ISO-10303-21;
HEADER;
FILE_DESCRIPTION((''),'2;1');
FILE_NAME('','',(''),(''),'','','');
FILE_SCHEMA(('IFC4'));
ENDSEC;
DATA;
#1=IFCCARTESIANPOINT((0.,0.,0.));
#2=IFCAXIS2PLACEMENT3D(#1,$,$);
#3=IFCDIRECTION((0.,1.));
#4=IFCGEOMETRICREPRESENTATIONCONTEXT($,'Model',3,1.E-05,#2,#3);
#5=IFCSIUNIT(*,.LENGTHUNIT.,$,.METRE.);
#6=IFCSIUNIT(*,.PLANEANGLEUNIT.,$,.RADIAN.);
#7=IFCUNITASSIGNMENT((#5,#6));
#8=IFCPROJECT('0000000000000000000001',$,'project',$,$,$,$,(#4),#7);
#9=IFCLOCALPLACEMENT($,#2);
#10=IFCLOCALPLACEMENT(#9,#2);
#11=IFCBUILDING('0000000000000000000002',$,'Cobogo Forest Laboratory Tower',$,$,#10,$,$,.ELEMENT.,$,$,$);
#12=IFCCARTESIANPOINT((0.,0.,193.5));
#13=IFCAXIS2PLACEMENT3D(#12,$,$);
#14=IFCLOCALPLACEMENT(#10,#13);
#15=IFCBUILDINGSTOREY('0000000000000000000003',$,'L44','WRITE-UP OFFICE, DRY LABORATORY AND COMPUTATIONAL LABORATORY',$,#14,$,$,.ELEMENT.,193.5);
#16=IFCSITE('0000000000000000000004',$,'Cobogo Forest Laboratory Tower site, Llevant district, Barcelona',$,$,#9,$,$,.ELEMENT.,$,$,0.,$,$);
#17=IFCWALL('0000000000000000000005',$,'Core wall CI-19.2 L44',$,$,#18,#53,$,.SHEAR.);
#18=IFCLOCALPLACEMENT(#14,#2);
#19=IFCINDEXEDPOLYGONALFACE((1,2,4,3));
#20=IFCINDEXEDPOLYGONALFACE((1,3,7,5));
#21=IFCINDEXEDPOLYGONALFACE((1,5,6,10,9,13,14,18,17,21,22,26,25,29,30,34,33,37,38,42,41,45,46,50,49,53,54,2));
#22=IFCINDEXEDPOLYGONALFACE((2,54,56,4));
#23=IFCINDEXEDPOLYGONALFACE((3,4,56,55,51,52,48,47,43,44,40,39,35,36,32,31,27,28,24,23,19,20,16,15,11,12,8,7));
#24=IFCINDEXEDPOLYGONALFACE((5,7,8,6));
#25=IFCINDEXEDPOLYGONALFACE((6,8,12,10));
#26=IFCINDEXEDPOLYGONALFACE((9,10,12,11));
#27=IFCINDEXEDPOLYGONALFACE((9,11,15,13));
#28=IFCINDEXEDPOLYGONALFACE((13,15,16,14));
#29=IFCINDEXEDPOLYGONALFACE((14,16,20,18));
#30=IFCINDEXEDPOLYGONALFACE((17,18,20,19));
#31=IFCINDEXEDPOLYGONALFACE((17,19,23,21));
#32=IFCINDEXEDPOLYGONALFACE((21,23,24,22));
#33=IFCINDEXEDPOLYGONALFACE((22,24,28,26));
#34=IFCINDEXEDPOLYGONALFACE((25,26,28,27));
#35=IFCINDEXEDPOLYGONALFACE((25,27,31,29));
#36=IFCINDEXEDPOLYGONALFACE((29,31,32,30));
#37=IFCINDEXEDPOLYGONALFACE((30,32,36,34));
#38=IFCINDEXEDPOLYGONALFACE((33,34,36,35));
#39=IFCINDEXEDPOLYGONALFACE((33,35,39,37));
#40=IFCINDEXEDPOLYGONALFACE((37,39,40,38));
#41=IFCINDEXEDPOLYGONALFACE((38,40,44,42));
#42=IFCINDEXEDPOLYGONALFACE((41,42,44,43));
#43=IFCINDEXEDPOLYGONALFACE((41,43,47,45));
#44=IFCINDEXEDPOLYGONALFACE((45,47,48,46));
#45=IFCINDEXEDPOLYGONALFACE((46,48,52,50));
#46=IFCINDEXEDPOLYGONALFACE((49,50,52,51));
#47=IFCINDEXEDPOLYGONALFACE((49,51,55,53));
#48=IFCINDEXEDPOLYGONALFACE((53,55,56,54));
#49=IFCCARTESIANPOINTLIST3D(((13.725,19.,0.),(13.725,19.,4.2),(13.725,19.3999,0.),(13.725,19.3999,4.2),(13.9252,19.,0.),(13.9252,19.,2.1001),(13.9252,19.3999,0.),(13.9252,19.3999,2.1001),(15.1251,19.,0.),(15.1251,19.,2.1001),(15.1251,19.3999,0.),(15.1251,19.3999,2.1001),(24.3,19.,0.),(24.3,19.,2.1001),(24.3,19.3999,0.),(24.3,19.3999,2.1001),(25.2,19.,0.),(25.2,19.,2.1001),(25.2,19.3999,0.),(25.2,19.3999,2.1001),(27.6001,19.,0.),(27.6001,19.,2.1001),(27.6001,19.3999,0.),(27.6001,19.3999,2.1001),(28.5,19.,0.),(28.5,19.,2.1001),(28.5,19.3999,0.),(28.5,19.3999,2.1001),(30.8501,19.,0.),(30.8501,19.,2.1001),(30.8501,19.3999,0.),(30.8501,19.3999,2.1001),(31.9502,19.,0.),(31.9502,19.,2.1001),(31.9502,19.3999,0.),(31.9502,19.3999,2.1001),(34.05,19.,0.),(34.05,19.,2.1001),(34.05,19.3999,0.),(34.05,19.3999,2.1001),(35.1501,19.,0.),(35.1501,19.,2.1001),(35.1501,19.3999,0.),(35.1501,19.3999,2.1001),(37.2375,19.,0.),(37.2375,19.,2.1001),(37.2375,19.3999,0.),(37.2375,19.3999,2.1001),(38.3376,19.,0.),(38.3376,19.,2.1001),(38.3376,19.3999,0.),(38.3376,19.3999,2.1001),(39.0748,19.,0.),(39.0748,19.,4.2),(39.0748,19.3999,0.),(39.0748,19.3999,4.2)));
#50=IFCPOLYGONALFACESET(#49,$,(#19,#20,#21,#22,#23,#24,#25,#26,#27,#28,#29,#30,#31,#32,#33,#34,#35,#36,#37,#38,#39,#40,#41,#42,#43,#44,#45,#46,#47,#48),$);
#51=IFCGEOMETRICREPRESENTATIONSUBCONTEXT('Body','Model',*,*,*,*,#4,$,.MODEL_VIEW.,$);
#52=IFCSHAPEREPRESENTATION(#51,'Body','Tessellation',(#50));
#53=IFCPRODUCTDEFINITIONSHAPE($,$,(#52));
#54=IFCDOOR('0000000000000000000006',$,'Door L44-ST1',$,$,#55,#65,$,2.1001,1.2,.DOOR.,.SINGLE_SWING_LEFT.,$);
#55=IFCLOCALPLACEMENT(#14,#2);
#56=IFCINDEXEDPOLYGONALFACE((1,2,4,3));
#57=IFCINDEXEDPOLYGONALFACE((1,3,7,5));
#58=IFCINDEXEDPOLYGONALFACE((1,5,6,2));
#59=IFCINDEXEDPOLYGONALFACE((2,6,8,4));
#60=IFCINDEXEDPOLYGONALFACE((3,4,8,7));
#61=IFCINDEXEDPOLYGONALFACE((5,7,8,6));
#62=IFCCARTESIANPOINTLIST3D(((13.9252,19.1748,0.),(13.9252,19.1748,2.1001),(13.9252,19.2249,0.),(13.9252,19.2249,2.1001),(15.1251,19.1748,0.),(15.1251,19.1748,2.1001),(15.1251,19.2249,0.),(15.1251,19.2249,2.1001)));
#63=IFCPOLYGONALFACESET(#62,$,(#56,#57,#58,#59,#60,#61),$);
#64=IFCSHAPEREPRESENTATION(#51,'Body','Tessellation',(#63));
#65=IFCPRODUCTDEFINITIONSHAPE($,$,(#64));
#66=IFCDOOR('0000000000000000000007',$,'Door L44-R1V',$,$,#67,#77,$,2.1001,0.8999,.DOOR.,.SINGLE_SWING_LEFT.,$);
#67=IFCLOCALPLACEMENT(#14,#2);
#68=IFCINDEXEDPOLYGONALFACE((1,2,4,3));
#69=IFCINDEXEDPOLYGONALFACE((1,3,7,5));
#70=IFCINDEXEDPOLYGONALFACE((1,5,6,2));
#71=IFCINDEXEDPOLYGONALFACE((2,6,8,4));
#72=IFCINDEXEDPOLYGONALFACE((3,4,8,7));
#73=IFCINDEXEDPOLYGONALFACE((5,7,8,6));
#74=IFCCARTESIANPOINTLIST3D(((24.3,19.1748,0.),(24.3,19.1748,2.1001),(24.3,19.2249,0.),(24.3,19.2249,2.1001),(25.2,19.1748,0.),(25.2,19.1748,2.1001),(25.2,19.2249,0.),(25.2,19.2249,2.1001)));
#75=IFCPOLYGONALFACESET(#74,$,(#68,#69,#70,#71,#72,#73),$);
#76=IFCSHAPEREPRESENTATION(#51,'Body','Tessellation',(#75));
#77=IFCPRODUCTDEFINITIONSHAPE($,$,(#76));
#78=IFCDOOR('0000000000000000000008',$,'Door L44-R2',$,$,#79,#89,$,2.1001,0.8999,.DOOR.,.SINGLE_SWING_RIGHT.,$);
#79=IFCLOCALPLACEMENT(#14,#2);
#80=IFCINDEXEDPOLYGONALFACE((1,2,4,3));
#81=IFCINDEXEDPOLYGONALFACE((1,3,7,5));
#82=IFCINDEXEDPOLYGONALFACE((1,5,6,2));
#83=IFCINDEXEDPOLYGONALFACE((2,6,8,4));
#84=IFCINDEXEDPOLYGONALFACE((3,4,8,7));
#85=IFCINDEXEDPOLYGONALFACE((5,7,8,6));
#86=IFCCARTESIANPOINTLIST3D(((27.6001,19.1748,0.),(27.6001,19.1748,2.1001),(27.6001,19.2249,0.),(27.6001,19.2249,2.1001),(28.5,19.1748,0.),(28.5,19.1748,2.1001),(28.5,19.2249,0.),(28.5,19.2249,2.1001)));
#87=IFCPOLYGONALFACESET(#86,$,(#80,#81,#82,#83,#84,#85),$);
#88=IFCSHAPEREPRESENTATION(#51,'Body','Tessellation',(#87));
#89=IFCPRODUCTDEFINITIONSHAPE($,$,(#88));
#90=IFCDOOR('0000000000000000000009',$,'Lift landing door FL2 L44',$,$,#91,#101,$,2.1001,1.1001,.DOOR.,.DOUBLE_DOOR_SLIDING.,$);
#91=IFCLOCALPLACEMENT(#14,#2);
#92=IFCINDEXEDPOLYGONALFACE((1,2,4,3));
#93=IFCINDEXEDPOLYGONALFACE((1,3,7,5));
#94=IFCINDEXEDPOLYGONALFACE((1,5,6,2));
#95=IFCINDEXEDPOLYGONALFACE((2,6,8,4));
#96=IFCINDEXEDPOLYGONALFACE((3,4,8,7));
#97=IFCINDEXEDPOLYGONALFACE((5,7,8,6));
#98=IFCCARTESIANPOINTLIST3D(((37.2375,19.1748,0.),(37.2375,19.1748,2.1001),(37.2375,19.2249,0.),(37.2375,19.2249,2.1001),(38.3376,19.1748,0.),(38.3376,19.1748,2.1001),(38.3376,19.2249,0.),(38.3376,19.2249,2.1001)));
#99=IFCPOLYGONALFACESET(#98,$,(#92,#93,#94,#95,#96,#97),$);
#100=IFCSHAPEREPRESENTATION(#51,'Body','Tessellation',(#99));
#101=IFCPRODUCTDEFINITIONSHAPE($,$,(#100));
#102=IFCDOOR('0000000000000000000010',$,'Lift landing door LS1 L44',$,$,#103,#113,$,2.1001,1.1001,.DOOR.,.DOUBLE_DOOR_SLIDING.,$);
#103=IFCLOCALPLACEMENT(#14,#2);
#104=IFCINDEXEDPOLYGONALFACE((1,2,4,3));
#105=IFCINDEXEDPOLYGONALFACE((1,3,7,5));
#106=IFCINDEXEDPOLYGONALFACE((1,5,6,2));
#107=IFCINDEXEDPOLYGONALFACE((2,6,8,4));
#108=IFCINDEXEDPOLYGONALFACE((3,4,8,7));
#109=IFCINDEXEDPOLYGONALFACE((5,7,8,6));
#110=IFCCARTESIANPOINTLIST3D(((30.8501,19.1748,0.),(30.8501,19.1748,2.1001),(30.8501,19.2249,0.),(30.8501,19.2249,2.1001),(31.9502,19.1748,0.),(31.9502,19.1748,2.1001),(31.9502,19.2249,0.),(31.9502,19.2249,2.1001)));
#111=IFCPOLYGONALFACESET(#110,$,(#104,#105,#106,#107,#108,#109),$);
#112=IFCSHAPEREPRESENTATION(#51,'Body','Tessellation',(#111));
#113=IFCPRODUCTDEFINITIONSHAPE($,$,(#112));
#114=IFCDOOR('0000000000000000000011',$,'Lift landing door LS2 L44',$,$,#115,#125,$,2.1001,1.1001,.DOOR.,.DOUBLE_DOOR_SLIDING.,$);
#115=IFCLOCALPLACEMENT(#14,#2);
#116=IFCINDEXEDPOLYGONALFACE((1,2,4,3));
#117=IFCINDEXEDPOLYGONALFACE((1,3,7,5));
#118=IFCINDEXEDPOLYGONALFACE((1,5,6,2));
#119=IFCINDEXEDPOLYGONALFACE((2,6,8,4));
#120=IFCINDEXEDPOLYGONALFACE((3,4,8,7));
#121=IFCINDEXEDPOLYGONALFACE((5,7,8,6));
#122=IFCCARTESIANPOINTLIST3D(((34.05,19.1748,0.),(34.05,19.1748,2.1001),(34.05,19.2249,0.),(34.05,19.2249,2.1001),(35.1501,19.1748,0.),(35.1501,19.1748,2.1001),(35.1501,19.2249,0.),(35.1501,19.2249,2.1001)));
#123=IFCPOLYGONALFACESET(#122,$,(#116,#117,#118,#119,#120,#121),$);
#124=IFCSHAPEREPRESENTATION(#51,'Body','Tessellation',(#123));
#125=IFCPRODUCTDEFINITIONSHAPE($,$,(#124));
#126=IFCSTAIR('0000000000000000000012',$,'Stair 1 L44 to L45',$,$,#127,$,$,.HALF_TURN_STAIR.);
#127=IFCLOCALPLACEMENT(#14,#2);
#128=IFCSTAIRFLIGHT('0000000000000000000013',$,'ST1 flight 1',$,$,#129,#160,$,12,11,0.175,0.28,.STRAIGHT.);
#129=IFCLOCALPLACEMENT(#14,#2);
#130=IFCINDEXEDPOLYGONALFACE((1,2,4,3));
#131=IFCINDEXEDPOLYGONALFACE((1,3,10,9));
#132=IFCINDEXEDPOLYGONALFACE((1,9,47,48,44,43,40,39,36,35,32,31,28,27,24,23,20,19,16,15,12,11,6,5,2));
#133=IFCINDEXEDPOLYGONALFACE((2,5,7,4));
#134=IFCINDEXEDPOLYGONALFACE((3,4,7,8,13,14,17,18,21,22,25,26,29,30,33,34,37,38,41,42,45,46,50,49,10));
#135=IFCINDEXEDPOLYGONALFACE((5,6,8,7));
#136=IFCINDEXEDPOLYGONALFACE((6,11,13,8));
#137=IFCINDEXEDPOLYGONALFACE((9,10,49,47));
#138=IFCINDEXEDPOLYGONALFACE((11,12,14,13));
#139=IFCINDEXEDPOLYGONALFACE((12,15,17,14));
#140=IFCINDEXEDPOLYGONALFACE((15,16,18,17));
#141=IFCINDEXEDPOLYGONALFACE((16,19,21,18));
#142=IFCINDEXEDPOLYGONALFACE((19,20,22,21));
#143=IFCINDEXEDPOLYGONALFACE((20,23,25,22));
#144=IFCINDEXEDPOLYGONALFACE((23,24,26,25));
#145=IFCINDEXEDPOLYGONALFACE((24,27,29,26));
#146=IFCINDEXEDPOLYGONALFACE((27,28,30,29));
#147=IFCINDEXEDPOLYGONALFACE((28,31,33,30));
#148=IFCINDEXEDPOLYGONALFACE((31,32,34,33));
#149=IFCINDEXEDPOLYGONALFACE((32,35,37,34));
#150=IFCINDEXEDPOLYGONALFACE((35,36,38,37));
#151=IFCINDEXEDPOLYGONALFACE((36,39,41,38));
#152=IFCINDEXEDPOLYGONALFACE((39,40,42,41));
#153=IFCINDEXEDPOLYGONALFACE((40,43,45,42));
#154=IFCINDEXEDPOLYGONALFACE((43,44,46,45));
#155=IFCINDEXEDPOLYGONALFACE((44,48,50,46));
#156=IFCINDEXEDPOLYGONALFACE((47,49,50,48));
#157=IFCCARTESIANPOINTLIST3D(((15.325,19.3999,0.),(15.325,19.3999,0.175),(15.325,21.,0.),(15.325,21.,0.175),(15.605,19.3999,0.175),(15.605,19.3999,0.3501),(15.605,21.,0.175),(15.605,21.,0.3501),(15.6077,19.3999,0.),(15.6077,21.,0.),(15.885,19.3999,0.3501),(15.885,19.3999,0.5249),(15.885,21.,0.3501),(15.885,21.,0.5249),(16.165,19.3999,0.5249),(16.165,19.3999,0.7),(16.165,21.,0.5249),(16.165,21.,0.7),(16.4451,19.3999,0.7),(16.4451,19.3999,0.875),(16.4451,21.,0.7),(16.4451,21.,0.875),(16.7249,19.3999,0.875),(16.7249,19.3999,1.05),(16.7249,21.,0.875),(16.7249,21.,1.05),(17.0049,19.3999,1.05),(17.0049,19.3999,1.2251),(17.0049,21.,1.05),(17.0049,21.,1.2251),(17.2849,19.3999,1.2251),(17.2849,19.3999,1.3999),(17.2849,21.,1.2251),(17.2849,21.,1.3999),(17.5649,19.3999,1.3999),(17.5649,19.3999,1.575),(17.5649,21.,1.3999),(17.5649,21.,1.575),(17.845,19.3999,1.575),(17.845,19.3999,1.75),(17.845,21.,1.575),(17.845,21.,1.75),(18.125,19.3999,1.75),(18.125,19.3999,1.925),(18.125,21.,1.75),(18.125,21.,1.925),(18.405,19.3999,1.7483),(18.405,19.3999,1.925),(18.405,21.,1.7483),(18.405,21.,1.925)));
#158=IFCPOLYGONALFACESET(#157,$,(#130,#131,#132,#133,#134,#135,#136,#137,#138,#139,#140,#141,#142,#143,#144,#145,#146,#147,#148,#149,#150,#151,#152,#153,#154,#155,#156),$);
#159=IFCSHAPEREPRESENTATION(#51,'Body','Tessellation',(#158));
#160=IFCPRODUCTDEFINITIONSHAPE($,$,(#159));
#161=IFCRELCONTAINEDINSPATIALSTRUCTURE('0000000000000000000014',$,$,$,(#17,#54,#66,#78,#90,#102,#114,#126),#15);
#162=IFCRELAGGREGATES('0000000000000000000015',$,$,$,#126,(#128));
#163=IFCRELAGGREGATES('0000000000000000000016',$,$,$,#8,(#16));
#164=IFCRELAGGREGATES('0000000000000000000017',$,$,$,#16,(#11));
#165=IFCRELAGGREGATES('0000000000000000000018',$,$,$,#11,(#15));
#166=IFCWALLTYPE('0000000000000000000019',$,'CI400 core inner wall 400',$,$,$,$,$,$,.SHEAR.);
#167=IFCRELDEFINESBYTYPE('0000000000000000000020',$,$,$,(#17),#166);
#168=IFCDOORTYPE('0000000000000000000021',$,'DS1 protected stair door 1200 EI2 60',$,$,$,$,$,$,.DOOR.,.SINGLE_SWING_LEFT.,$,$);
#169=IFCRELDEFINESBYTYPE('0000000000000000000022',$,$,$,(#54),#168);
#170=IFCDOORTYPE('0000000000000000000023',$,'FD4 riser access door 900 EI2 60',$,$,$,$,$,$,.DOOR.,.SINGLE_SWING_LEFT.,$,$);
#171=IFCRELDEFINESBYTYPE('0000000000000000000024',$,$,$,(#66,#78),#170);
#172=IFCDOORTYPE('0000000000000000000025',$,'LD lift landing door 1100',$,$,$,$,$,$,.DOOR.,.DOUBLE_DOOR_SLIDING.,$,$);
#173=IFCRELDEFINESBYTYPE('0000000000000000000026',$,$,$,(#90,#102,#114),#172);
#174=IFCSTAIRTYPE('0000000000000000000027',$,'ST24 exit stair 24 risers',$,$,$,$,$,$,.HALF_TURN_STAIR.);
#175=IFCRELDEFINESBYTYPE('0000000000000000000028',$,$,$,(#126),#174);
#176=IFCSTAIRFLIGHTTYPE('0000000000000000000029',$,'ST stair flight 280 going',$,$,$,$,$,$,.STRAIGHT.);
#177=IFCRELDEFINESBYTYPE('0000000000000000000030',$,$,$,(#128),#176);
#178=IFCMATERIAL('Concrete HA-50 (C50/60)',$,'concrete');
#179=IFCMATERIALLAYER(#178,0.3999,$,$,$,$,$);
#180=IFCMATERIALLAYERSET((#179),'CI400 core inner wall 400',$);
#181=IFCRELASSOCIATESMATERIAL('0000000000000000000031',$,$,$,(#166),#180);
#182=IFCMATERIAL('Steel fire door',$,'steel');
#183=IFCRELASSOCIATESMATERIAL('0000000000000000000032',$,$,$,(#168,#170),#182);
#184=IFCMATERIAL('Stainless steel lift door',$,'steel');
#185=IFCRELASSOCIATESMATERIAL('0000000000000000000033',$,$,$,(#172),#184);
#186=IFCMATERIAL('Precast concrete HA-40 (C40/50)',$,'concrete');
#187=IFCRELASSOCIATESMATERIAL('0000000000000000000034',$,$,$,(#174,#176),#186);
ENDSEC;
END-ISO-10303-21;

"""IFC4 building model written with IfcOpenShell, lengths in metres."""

from ifc_helpers import new_model, si_unit, direction, frame, frame_2d, origin, place, context, subcontext, project, spatial, polyline, rectangle, outline, extrude, material, layer, layer_set, type_object, element, fill, aggregate, save


model = new_model("IFC4")

# Units and contexts
model_context = context("Model", 3, precision=1e-05, world=origin(), true_north=direction((0.0, 1.0)))
body_context = subcontext(model_context, "Body", "Model", "MODEL_VIEW")
ifc_project = project(units=[si_unit("LENGTHUNIT", "METRE"), si_unit("PLANEANGLEUNIT", "RADIAN")], contexts=[model_context])

# Site, building, storey
site_placement = place(None, origin())
site = spatial("IfcSite", under=ifc_project, at=site_placement, Name="Cobogo Forest Laboratory Tower site, Llevant district, Barcelona", CompositionType="ELEMENT", RefElevation=0.0)
building_placement = place(site_placement, origin())
building = spatial("IfcBuilding", under=site, at=building_placement, Name="Cobogo Forest Laboratory Tower", CompositionType="ELEMENT")
storey_placement = place(building_placement, frame((0.0, 0.0, 193.5)))
storey = spatial("IfcBuildingStorey", under=building, at=storey_placement, Name="L44", Description="WRITE-UP OFFICE, DRY LABORATORY AND COMPUTATIONAL LABORATORY", CompositionType="ELEMENT", Elevation=193.5)

# Wall, openings, doors
ifc_material_1 = material(Name="Concrete HA-50 (C50/60)", Category="concrete")
ifc_layer = layer(ifc_material_1, 0.3999)
ifc_layer_set = layer_set([ifc_layer], Name="CI400 core inner wall 400")
wall_type = type_object("IfcWallType", Name="CI400 core inner wall 400", PredefinedType="SHEAR", material=ifc_layer_set)
ifc_material_2 = material(Name="Steel fire door", Category="steel")
wall_1_placement = place(storey_placement, frame((13.7251, 19.2, 0.0), z_axis=(0.0, 0.0, 1.0), x_axis=(1.0, 0.0, 0.0)))
wall_1 = element("IfcWall", 1, at=wall_1_placement, inside=storey, type_object=wall_type, Name="Core wall CI-19.2 L44", PredefinedType="SHEAR", context=body_context, shape_type="SweptSolid", body=[
    extrude(rectangle(XDim=25.3499, YDim=0.3999, at=frame_2d((12.6748, 0.0))), origin(), (0.0, 0.0, 1.0), 4.2),
])
opening_1_placement = place(wall_1_placement, frame((10.575, 0.0, 0.0)))
opening_1 = element("IfcOpeningElement", 2, at=opening_1_placement, cuts=wall_1, PredefinedType="OPENING", context=body_context, shape_type="SweptSolid", body=[
    extrude(rectangle(XDim=0.8999, YDim=2.1001, at=frame_2d((0.45, 1.05))), frame((0.0, 0.21, 0.0), z_axis=(0.0, -1.0, 0.0), x_axis=(1.0, 0.0, 0.0)), (0.0, 0.0, 1.0), 0.4199),
])
opening_2_placement = place(wall_1_placement, frame((13.875, 0.0, 0.0)))
opening_2 = element("IfcOpeningElement", 3, at=opening_2_placement, cuts=wall_1, PredefinedType="OPENING", context=body_context, shape_type="SweptSolid", body=[
    extrude(rectangle(XDim=0.8999, YDim=2.1001, at=frame_2d((0.45, 1.05))), frame((0.0, 0.21, 0.0), z_axis=(0.0, -1.0, 0.0), x_axis=(1.0, 0.0, 0.0)), (0.0, 0.0, 1.0), 0.4199),
])
opening_3_placement = place(wall_1_placement, frame((0.2, 0.0, 0.0)))
opening_3 = element("IfcOpeningElement", 4, at=opening_3_placement, cuts=wall_1, PredefinedType="OPENING", context=body_context, shape_type="SweptSolid", body=[
    extrude(rectangle(XDim=1.2, YDim=2.1001, at=frame_2d((0.6001, 1.05))), frame((0.0, 0.21, 0.0), z_axis=(0.0, -1.0, 0.0), x_axis=(1.0, 0.0, 0.0)), (0.0, 0.0, 1.0), 0.4199),
])
opening_4_placement = place(wall_1_placement, frame((23.5125, 0.0, 0.0)))
opening_4 = element("IfcOpeningElement", 5, at=opening_4_placement, cuts=wall_1, PredefinedType="OPENING", context=body_context, shape_type="SweptSolid", body=[
    extrude(rectangle(XDim=1.1001, YDim=2.1001, at=frame_2d((0.55, 1.05))), frame((0.0, 0.21, 0.0), z_axis=(0.0, -1.0, 0.0), x_axis=(1.0, 0.0, 0.0)), (0.0, 0.0, 1.0), 0.4199),
])
opening_5_placement = place(wall_1_placement, frame((17.125, 0.0, 0.0)))
opening_5 = element("IfcOpeningElement", 6, at=opening_5_placement, cuts=wall_1, PredefinedType="OPENING", context=body_context, shape_type="SweptSolid", body=[
    extrude(rectangle(XDim=1.1001, YDim=2.1001, at=frame_2d((0.55, 1.05))), frame((0.0, 0.21, 0.0), z_axis=(0.0, -1.0, 0.0), x_axis=(1.0, 0.0, 0.0)), (0.0, 0.0, 1.0), 0.4199),
])
opening_6_placement = place(wall_1_placement, frame((20.325, 0.0, 0.0)))
opening_6 = element("IfcOpeningElement", 7, at=opening_6_placement, cuts=wall_1, PredefinedType="OPENING", context=body_context, shape_type="SweptSolid", body=[
    extrude(rectangle(XDim=1.1001, YDim=2.1001, at=frame_2d((0.55, 1.05))), frame((0.0, 0.21, 0.0), z_axis=(0.0, -1.0, 0.0), x_axis=(1.0, 0.0, 0.0)), (0.0, 0.0, 1.0), 0.4199),
])
door_type_1 = type_object("IfcDoorType", Name="DS1 protected stair door 1200 EI2 60", OperationType="SINGLE_SWING_LEFT", PredefinedType="DOOR", material=ifc_material_2)
door_1_placement = place(opening_3_placement, origin())
door_1 = element("IfcDoor", 8, at=door_1_placement, inside=storey, type_object=door_type_1, Name="Door L44-ST1", OperationType="SINGLE_SWING_LEFT", OverallHeight=2.1001, OverallWidth=1.2, PredefinedType="DOOR", context=body_context, shape_type="SweptSolid", body=[
    extrude(rectangle(XDim=1.2, YDim=2.1001, at=frame_2d((0.6001, 1.05))), frame((0.0, 0.0249, 0.0), z_axis=(0.0, -1.0, 0.0), x_axis=(1.0, 0.0, 0.0)), (0.0, 0.0, 1.0), 0.05),
])
fill(opening_3, door_1)
door_type_2 = type_object("IfcDoorType", Name="FD4 riser access door 900 EI2 60", OperationType="SINGLE_SWING_LEFT", PredefinedType="DOOR", material=ifc_material_2)
door_2_placement = place(opening_1_placement, origin())
door_2 = element("IfcDoor", 9, at=door_2_placement, inside=storey, type_object=door_type_2, Name="Door L44-R1V", OperationType="SINGLE_SWING_LEFT", OverallHeight=2.1001, OverallWidth=0.8999, PredefinedType="DOOR", context=body_context, shape_type="SweptSolid", body=[
    extrude(rectangle(XDim=0.8999, YDim=2.1001, at=frame_2d((0.45, 1.05))), frame((0.0, 0.0249, 0.0), z_axis=(0.0, -1.0, 0.0), x_axis=(1.0, 0.0, 0.0)), (0.0, 0.0, 1.0), 0.05),
])
fill(opening_1, door_2)
door_3_placement = place(opening_2_placement, origin())
door_3 = element("IfcDoor", 10, at=door_3_placement, inside=storey, type_object=door_type_2, Name="Door L44-R2", OperationType="SINGLE_SWING_RIGHT", OverallHeight=2.1001, OverallWidth=0.8999, PredefinedType="DOOR", context=body_context, shape_type="SweptSolid", body=[
    extrude(rectangle(XDim=0.8999, YDim=2.1001, at=frame_2d((0.45, 1.05))), frame((0.0, 0.0249, 0.0), z_axis=(0.0, -1.0, 0.0), x_axis=(1.0, 0.0, 0.0)), (0.0, 0.0, 1.0), 0.05),
])
fill(opening_2, door_3)
ifc_material_3 = material(Name="Stainless steel lift door", Category="steel")
door_type_3 = type_object("IfcDoorType", Name="LD lift landing door 1100", OperationType="DOUBLE_DOOR_SLIDING", PredefinedType="DOOR", material=ifc_material_3)
door_4_placement = place(opening_4_placement, origin())
door_4 = element("IfcDoor", 11, at=door_4_placement, inside=storey, type_object=door_type_3, Name="Lift landing door FL2 L44", OperationType="DOUBLE_DOOR_SLIDING", OverallHeight=2.1001, OverallWidth=1.1001, PredefinedType="DOOR", context=body_context, shape_type="SweptSolid", body=[
    extrude(rectangle(XDim=1.1001, YDim=2.1001, at=frame_2d((0.55, 1.05))), frame((0.0, 0.0249, 0.0), z_axis=(0.0, -1.0, 0.0), x_axis=(1.0, 0.0, 0.0)), (0.0, 0.0, 1.0), 0.05),
])
fill(opening_4, door_4)
door_5_placement = place(opening_5_placement, origin())
door_5 = element("IfcDoor", 12, at=door_5_placement, inside=storey, type_object=door_type_3, Name="Lift landing door LS1 L44", OperationType="DOUBLE_DOOR_SLIDING", OverallHeight=2.1001, OverallWidth=1.1001, PredefinedType="DOOR", context=body_context, shape_type="SweptSolid", body=[
    extrude(rectangle(XDim=1.1001, YDim=2.1001, at=frame_2d((0.55, 1.05))), frame((0.0, 0.0249, 0.0), z_axis=(0.0, -1.0, 0.0), x_axis=(1.0, 0.0, 0.0)), (0.0, 0.0, 1.0), 0.05),
])
fill(opening_5, door_5)
door_6_placement = place(opening_6_placement, origin())
door_6 = element("IfcDoor", 13, at=door_6_placement, inside=storey, type_object=door_type_3, Name="Lift landing door LS2 L44", OperationType="DOUBLE_DOOR_SLIDING", OverallHeight=2.1001, OverallWidth=1.1001, PredefinedType="DOOR", context=body_context, shape_type="SweptSolid", body=[
    extrude(rectangle(XDim=1.1001, YDim=2.1001, at=frame_2d((0.55, 1.05))), frame((0.0, 0.0249, 0.0), z_axis=(0.0, -1.0, 0.0), x_axis=(1.0, 0.0, 0.0)), (0.0, 0.0, 1.0), 0.05),
])
fill(opening_6, door_6)

# Stair, stair flight
ifc_material_4 = material(Name="Precast concrete HA-40 (C40/50)", Category="concrete")
stair_type = type_object("IfcStairType", Name="ST24 exit stair 24 risers", PredefinedType="HALF_TURN_STAIR", material=ifc_material_4)
stair_placement = place(storey_placement, origin())
stair = element("IfcStair", 14, at=stair_placement, inside=storey, type_object=stair_type, Name="Stair 1 L44 to L45", PredefinedType="HALF_TURN_STAIR")
stair_flight_type = type_object("IfcStairFlightType", Name="ST stair flight 280 going", PredefinedType="STRAIGHT", material=ifc_material_4)
stair_flight_placement = place(storey_placement, frame((15.325, 20.2, 0.0), z_axis=(0.0, 0.0, 1.0), x_axis=(1.0, 0.0, 0.0)))
stair_flight = element("IfcStairFlight", 15, at=stair_flight_placement, type_object=stair_flight_type, Name="ST1 flight 1", NumberOfRisers=12, NumberOfTreads=11, PredefinedType="STRAIGHT", RiserHeight=0.175, TreadLength=0.28, context=body_context, shape_type="SweptSolid", body=[
    extrude(outline(polyline([(0.0, 0.0), (0.0, 0.175), (0.28, 0.175), (0.28, 0.3501), (0.5601, 0.3501), (0.5601, 0.5249), (0.8401, 0.5249), (0.8401, 0.7), (1.1201, 0.7), (1.1201, 0.875), (1.3999, 0.875), (1.3999, 1.05), (1.6799, 1.05), (1.6799, 1.2251), (1.96, 1.2251), (1.96, 1.3999), (2.24, 1.3999), (2.24, 1.575), (2.52, 1.575), (2.52, 1.75), (2.8, 1.75), (2.8, 1.925), (3.0801, 1.925), (3.0801, 2.1001), (3.0801, 1.7483), (0.2827, 0.0), (0.0, 0.0)])), frame((0.0, 0.8, 0.0), z_axis=(0.0, -1.0, 0.0), x_axis=(1.0, 0.0, 0.0)), (0.0, 0.0, 1.0), 1.6001),
])
aggregate(stair, [stair_flight])

save(model, "model.ifc")
